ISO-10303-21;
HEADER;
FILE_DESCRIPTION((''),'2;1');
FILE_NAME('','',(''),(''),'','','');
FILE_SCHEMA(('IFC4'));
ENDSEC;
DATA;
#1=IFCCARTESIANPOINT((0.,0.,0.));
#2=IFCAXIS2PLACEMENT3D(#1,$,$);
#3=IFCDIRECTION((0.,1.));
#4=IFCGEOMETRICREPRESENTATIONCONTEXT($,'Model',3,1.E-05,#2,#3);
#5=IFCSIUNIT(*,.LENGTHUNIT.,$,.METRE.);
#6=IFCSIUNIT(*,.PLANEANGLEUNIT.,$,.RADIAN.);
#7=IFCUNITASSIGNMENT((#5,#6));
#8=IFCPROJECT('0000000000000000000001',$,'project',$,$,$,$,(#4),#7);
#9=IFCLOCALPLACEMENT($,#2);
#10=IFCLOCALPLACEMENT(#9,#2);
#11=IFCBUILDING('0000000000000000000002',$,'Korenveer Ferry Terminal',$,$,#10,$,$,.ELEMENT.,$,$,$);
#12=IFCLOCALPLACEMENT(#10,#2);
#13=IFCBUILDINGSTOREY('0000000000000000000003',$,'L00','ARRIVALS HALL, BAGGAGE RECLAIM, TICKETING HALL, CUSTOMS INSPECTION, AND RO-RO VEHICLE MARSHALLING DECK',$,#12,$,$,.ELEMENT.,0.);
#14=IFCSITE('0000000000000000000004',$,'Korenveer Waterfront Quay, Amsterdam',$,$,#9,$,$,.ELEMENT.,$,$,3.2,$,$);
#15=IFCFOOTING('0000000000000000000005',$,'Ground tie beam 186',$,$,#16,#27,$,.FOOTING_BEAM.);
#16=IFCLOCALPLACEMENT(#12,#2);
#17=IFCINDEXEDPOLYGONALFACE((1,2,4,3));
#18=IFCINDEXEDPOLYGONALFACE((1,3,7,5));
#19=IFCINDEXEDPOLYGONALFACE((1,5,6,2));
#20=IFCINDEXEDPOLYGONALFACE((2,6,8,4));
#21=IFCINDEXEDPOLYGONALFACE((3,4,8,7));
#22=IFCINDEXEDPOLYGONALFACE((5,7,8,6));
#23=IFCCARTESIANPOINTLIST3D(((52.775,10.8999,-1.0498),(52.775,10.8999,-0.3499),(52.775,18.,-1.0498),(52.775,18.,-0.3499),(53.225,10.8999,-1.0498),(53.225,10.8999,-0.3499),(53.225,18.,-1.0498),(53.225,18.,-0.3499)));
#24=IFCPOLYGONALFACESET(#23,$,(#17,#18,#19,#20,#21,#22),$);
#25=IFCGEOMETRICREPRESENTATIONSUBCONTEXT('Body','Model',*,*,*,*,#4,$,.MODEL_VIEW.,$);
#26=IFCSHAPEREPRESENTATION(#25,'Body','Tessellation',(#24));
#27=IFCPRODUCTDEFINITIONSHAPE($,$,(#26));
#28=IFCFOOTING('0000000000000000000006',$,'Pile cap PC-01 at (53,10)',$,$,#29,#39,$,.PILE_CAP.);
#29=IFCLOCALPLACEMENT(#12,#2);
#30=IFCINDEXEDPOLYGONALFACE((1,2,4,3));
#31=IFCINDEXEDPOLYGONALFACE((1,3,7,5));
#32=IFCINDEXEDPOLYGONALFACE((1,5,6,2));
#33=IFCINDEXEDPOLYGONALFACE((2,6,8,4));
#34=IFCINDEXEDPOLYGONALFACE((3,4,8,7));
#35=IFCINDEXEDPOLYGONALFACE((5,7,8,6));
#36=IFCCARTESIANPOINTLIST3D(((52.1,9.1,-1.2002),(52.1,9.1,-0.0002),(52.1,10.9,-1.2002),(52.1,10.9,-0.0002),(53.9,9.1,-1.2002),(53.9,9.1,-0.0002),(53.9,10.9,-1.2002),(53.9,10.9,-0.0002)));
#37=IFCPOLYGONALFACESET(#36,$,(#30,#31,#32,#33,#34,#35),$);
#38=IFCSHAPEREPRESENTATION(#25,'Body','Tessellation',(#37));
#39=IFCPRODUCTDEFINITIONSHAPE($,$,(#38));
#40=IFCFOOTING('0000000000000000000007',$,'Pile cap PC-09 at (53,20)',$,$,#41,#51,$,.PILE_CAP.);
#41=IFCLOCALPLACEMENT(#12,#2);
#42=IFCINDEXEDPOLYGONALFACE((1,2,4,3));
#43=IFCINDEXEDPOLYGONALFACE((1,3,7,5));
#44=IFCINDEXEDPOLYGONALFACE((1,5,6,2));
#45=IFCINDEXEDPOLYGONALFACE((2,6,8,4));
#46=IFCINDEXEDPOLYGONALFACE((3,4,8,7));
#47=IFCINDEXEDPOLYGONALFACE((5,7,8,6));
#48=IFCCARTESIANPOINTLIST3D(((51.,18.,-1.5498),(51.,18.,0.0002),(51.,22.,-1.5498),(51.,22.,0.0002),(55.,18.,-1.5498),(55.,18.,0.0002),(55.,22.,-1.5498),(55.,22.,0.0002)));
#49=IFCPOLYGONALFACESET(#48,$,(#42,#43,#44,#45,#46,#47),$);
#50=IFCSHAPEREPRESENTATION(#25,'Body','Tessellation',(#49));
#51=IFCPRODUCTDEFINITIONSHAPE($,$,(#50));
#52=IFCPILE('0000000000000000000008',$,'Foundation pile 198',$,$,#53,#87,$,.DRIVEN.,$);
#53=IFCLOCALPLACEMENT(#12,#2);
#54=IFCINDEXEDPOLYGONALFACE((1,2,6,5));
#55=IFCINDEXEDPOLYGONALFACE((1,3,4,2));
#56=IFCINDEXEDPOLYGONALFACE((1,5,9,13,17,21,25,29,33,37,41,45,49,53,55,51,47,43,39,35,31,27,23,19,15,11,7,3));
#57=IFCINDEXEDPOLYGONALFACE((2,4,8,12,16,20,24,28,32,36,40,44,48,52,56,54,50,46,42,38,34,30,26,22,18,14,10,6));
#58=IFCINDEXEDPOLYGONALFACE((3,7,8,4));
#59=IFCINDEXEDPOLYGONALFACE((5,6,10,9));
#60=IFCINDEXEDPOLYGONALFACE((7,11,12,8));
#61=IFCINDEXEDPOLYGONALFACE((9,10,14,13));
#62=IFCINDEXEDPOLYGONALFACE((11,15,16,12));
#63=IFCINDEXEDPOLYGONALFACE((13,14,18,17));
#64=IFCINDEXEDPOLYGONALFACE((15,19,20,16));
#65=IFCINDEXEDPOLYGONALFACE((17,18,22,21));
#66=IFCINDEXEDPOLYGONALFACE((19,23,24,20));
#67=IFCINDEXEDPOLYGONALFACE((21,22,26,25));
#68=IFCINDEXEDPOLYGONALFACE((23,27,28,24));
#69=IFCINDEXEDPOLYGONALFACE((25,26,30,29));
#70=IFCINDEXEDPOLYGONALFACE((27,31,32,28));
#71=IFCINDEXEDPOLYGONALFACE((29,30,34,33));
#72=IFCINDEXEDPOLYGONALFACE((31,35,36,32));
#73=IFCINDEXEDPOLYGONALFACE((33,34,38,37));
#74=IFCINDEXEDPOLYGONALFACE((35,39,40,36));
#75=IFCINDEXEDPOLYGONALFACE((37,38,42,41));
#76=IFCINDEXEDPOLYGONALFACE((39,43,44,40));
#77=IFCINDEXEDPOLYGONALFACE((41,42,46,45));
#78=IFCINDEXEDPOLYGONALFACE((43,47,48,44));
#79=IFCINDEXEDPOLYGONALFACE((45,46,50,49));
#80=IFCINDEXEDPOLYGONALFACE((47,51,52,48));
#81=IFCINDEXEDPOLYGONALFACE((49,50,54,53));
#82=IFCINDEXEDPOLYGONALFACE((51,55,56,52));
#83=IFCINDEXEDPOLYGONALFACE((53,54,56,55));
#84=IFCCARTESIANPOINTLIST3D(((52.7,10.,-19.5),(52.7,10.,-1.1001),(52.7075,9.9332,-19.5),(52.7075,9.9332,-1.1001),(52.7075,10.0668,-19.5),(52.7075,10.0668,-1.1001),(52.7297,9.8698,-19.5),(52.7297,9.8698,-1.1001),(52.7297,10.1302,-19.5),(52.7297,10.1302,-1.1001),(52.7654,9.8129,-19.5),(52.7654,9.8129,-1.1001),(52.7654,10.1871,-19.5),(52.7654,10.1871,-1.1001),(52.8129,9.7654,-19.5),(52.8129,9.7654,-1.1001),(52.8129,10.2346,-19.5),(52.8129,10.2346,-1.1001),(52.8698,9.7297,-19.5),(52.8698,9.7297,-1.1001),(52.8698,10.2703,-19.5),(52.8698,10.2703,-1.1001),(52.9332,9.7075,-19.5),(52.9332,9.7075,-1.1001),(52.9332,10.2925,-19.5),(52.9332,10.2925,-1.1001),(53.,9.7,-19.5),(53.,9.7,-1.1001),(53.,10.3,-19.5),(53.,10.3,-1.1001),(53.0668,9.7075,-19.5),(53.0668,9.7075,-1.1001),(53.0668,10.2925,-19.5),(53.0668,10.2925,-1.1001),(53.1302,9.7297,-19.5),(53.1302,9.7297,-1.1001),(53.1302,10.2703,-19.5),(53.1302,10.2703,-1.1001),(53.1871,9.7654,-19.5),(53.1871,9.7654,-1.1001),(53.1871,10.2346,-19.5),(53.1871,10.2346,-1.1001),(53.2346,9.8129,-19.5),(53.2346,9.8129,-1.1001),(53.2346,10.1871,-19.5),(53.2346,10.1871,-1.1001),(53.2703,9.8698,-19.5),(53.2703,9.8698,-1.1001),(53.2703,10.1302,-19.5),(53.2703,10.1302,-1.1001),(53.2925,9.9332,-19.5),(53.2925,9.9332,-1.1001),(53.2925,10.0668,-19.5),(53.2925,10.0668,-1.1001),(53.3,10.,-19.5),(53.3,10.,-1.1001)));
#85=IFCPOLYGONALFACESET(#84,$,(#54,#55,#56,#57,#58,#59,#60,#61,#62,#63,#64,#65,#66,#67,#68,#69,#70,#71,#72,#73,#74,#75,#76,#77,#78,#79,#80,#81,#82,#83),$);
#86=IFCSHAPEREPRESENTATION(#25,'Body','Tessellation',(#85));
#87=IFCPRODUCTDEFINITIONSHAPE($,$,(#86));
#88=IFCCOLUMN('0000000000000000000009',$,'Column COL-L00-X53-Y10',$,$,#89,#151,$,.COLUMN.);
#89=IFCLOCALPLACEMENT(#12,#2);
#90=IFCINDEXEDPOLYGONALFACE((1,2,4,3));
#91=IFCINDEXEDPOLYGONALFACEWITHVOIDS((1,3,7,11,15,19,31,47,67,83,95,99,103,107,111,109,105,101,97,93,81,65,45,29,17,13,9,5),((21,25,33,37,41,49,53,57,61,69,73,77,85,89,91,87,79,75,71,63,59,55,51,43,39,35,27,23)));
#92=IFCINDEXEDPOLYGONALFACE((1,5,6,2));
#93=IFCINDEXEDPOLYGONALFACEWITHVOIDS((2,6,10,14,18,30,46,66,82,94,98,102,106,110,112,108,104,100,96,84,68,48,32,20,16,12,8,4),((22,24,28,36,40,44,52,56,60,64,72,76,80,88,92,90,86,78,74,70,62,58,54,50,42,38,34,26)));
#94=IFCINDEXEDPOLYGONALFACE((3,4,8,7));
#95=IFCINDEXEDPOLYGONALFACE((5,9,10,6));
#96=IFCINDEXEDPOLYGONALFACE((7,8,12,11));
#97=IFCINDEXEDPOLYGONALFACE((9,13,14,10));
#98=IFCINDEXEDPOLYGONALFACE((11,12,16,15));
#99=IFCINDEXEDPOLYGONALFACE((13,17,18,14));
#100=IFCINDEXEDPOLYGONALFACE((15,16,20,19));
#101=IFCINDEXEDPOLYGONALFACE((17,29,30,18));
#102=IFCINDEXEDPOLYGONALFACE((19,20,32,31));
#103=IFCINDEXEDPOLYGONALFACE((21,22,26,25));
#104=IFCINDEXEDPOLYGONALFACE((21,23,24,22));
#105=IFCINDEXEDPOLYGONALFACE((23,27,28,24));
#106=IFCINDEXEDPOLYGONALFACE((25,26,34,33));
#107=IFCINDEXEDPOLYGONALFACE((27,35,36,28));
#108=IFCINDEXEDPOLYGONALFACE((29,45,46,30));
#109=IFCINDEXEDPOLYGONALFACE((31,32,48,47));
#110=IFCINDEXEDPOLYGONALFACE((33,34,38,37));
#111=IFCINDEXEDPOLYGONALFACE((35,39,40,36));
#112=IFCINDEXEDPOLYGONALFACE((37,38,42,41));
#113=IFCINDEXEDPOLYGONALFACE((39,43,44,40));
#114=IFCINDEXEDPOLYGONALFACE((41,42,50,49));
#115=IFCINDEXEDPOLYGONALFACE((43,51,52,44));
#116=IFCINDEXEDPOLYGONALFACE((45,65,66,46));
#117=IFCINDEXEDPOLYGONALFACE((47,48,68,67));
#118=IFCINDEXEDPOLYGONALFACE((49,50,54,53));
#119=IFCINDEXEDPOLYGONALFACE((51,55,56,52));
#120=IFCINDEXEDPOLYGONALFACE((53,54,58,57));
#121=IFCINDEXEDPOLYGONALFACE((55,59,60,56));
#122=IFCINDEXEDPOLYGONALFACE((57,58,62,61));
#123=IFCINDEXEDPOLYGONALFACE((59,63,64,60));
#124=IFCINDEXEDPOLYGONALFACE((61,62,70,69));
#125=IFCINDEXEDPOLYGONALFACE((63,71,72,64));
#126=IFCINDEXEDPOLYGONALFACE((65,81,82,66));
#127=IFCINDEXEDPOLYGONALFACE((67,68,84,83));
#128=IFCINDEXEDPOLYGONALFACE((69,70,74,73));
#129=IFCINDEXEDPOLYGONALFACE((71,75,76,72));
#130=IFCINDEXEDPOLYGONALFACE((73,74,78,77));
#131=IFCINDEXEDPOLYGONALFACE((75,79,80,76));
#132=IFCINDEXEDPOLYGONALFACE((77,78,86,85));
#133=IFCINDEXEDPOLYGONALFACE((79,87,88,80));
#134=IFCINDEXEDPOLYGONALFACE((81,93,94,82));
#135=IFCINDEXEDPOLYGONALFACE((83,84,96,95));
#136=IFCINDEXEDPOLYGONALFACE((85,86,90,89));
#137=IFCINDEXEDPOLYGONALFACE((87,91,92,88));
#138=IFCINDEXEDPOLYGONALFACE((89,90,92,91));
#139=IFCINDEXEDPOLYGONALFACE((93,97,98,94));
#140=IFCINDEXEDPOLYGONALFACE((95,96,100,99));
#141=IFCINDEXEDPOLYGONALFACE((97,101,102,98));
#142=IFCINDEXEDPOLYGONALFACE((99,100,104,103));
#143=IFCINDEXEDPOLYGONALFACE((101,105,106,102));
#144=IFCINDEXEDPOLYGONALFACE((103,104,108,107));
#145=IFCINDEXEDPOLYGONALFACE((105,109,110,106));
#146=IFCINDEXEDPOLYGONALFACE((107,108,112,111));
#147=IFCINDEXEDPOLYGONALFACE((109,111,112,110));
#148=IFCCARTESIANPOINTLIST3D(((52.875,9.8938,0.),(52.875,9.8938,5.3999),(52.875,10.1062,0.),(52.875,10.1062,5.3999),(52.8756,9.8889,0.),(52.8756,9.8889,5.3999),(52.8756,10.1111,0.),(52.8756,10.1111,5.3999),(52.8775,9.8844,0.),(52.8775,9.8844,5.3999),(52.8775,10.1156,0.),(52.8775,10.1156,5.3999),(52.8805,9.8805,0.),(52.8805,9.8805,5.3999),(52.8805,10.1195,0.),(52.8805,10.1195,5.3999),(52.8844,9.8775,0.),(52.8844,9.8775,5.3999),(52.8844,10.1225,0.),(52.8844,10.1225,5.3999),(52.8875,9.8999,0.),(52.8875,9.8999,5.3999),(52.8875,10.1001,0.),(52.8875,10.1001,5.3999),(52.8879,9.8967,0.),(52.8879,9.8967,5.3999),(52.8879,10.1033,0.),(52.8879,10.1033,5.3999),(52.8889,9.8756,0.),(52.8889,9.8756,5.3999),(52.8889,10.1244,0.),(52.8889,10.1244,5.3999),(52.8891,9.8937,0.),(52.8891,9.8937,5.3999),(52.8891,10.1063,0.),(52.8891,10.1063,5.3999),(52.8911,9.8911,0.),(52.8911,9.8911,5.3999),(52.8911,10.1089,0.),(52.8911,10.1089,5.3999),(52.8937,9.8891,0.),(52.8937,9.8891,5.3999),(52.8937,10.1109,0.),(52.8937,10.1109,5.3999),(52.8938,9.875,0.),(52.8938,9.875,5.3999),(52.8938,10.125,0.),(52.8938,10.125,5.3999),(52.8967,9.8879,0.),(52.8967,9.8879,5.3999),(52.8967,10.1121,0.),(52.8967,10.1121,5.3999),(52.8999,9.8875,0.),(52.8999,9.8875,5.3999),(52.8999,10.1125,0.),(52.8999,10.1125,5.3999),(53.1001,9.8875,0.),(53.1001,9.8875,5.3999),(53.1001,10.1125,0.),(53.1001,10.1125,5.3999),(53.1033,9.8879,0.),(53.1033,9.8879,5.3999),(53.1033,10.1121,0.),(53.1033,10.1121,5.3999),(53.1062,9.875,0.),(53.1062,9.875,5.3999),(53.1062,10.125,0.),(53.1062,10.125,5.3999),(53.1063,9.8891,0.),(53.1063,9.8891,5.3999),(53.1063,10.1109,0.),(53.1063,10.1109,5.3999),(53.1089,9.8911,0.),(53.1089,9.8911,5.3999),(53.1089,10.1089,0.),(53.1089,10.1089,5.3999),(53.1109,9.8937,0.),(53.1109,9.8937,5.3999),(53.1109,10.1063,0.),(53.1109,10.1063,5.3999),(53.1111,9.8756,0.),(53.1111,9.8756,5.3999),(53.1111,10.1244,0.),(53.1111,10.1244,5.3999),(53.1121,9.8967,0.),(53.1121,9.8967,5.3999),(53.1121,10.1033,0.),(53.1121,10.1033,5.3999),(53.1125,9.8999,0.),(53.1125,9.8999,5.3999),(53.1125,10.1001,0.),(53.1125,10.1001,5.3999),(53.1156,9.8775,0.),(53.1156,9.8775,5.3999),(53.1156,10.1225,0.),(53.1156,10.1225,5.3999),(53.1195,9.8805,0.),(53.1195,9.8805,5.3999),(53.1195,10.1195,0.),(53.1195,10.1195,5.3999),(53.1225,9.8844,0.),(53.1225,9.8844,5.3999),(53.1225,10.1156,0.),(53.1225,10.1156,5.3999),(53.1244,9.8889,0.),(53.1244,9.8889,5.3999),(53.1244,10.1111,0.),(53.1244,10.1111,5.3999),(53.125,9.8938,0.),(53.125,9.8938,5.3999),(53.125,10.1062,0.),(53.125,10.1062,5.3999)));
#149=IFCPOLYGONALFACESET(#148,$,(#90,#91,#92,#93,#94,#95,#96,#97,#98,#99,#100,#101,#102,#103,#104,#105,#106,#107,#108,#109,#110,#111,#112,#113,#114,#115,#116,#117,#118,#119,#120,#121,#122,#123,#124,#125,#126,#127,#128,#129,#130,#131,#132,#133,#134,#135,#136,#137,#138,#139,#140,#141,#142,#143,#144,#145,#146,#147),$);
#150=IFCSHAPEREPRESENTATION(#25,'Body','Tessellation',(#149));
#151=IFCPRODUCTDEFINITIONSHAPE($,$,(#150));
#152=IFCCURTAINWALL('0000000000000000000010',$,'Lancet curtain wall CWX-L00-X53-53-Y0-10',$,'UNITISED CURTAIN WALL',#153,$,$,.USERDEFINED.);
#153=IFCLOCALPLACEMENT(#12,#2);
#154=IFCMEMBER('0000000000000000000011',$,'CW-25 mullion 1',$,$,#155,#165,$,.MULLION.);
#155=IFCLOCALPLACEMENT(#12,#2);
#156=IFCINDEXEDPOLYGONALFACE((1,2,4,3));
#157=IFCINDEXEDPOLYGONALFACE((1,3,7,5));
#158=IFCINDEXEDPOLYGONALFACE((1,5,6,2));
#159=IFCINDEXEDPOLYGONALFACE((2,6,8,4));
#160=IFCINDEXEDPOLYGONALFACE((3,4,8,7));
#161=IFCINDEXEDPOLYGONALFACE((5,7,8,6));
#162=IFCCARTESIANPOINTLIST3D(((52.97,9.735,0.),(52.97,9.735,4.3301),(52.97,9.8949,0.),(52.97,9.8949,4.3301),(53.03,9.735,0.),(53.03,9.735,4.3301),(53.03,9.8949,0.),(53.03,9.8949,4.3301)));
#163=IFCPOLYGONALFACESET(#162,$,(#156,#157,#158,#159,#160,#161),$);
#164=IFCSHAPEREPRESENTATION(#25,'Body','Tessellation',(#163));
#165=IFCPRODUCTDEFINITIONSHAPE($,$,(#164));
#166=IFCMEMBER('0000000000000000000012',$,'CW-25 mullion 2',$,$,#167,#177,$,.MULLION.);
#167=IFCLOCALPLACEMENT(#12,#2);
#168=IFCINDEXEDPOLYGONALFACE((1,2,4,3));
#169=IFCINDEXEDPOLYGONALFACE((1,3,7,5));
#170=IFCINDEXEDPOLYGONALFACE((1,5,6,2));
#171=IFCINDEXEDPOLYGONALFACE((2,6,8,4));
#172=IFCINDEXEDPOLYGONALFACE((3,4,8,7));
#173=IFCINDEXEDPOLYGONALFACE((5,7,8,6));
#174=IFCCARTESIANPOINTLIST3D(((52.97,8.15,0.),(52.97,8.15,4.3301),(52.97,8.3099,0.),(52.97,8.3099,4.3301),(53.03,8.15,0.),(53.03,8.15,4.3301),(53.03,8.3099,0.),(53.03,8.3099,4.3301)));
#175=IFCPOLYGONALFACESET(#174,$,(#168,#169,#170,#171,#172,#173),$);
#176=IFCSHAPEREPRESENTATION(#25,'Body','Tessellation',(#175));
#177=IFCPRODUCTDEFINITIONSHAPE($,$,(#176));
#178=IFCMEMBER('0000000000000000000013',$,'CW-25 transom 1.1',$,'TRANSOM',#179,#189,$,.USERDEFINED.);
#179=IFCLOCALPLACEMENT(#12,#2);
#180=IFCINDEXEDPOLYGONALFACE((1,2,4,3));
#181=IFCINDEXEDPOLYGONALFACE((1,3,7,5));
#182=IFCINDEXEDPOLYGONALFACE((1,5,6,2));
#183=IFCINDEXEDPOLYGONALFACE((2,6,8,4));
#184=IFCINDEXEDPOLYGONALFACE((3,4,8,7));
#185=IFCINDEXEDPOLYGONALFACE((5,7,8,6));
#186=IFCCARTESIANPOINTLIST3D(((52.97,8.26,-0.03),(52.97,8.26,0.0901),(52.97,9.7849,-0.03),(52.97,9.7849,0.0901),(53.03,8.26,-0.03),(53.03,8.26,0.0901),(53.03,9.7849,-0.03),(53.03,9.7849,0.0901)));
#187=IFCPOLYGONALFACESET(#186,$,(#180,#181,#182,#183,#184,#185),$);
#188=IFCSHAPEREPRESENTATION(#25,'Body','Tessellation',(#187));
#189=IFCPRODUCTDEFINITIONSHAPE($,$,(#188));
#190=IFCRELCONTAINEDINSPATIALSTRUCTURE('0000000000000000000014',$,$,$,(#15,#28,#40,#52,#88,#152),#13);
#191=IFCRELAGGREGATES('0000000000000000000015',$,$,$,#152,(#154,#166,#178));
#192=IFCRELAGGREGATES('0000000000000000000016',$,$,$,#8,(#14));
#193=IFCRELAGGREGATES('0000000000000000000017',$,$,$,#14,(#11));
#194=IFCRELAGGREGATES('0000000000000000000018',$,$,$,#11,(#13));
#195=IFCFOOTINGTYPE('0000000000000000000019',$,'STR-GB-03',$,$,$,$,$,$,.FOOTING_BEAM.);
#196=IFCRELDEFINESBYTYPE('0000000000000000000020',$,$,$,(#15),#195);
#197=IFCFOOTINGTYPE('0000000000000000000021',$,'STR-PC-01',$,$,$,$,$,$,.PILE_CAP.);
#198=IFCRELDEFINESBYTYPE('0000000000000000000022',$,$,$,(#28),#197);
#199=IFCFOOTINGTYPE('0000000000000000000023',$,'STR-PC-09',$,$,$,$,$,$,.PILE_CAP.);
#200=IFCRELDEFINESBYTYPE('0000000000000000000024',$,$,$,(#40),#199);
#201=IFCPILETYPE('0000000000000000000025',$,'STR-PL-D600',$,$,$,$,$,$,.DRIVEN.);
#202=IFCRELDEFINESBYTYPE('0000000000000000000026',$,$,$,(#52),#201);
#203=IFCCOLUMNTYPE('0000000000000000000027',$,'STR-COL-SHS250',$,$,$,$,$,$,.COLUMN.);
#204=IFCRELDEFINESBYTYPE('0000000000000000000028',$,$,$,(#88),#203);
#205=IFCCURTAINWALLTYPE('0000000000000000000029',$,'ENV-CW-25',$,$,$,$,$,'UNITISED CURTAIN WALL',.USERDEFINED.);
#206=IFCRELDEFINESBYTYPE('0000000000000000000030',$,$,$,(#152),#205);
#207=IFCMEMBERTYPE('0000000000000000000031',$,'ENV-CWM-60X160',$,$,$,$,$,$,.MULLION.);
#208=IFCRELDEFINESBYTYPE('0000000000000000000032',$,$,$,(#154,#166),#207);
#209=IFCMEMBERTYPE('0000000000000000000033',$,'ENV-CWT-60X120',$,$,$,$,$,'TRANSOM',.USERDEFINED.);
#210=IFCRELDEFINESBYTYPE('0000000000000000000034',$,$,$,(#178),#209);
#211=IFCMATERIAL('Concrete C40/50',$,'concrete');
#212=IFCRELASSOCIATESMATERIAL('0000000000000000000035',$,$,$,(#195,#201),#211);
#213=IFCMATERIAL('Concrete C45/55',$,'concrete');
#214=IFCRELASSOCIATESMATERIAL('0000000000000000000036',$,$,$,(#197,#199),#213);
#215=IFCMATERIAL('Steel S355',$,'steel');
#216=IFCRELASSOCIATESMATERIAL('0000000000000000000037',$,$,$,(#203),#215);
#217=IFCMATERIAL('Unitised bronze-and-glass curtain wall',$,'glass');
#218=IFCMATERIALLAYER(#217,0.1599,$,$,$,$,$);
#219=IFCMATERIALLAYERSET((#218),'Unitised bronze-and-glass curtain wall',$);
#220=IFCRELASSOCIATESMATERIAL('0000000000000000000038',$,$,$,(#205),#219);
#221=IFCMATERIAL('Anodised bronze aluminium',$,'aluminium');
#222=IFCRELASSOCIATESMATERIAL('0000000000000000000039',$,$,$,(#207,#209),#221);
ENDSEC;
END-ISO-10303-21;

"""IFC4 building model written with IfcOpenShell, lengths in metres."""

from ifc_helpers import new_model, si_unit, direction, frame, origin, origin_2d, place, context, subcontext, project, spatial, rectangle, hollow_rectangle, circle, extrude, material, layer, layer_set, material_profile, profile_set, type_object, element, aggregate, save


model = new_model("IFC4")

# Units and contexts
model_context = context("Model", 3, precision=1e-05, world=origin(), true_north=direction((0.0, 1.0)))
body_context = subcontext(model_context, "Body", "Model", "MODEL_VIEW")
ifc_project = project(units=[si_unit("LENGTHUNIT", "METRE"), si_unit("PLANEANGLEUNIT", "RADIAN")], contexts=[model_context])

# Site, building, storey
site_placement = place(None, origin())
site = spatial("IfcSite", under=ifc_project, at=site_placement, Name="Korenveer Waterfront Quay, Amsterdam", CompositionType="ELEMENT", RefElevation=3.2)
building_placement = place(site_placement, origin())
building = spatial("IfcBuilding", under=site, at=building_placement, Name="Korenveer Ferry Terminal", CompositionType="ELEMENT")
storey_placement = place(building_placement, origin())
storey = spatial("IfcBuildingStorey", under=building, at=storey_placement, Name="L00", Description="ARRIVALS HALL, BAGGAGE RECLAIM, TICKETING HALL, CUSTOMS INSPECTION, AND RO-RO VEHICLE MARSHALLING DECK", CompositionType="ELEMENT", Elevation=0.0)

# Footings
ifc_material_1 = material(Name="Concrete C40/50", Category="concrete")
footing_type_1 = type_object("IfcFootingType", Name="STR-GB-03", PredefinedType="FOOTING_BEAM", material=ifc_material_1)
footing_1_placement = place(storey_placement, frame((53.0, 14.45, -1.0498), z_axis=(0.0, 0.0, 1.0), x_axis=(1.0, 0.0, 0.0)))
element("IfcFooting", 1, at=footing_1_placement, inside=storey, type_object=footing_type_1, Name="Ground tie beam 186", PredefinedType="FOOTING_BEAM", context=body_context, shape_type="SweptSolid", body=[
    extrude(rectangle(XDim=0.45, YDim=7.1001, at=origin_2d()), origin(), (0.0, 0.0, 1.0), 0.7),
])
ifc_material_2 = material(Name="Concrete C45/55", Category="concrete")
footing_type_2 = type_object("IfcFootingType", Name="STR-PC-01", PredefinedType="PILE_CAP", material=ifc_material_2)
footing_2_placement = place(storey_placement, frame((53.0, 10.0, -1.2002), z_axis=(0.0, 0.0, 1.0), x_axis=(1.0, 0.0, 0.0)))
element("IfcFooting", 2, at=footing_2_placement, inside=storey, type_object=footing_type_2, Name="Pile cap PC-01 at (53,10)", PredefinedType="PILE_CAP", context=body_context, shape_type="SweptSolid", body=[
    extrude(rectangle(XDim=1.8, YDim=1.8, at=origin_2d()), origin(), (0.0, 0.0, 1.0), 1.2),
])
footing_type_3 = type_object("IfcFootingType", Name="STR-PC-09", PredefinedType="PILE_CAP", material=ifc_material_2)
footing_3_placement = place(storey_placement, frame((53.0, 20.0, -1.5498), z_axis=(0.0, 0.0, 1.0), x_axis=(1.0, 0.0, 0.0)))
element("IfcFooting", 3, at=footing_3_placement, inside=storey, type_object=footing_type_3, Name="Pile cap PC-09 at (53,20)", PredefinedType="PILE_CAP", context=body_context, shape_type="SweptSolid", body=[
    extrude(rectangle(XDim=4.0, YDim=4.0, at=origin_2d()), origin(), (0.0, 0.0, 1.0), 1.55),
])

# Pile
ifc_material_profile_1 = material_profile(ifc_material_1, circle(Radius=0.3, at=origin_2d()), Name="PILE D600")
ifc_profile_set_1 = profile_set([ifc_material_profile_1], Name="Concrete C40/50")
pile_type = type_object("IfcPileType", Name="STR-PL-D600", PredefinedType="DRIVEN", material=ifc_profile_set_1)
pile_placement = place(storey_placement, frame((53.0, 10.0, -1.1001), z_axis=(0.0, 0.0, -1.0), x_axis=(1.0, 0.0, 0.0)))
element("IfcPile", 4, at=pile_placement, inside=storey, type_object=pile_type, Name="Foundation pile 198", PredefinedType="DRIVEN", context=body_context, shape_type="SweptSolid", body=[
    extrude(circle(Radius=0.3, at=origin_2d()), origin(), (0.0, 0.0, 1.0), 18.3999),
])

# Column
ifc_material_3 = material(Name="Steel S355", Category="steel")
ifc_material_profile_2 = material_profile(ifc_material_3, hollow_rectangle(XDim=0.25, YDim=0.25, WallThickness=0.0125, InnerFilletRadius=0.0125, OuterFilletRadius=0.0188, at=origin_2d()), Name="SHS 250x250x12.5")
ifc_profile_set_2 = profile_set([ifc_material_profile_2], Name="Steel S355")
column_type = type_object("IfcColumnType", Name="STR-COL-SHS250", PredefinedType="COLUMN", material=ifc_profile_set_2)
column_placement = place(storey_placement, frame((53.0, 10.0, 0.0), z_axis=(0.0, 0.0, 1.0), x_axis=(1.0, 0.0, 0.0)))
element("IfcColumn", 5, at=column_placement, inside=storey, type_object=column_type, Name="Column COL-L00-X53-Y10", PredefinedType="COLUMN", context=body_context, shape_type="SweptSolid", body=[
    extrude(hollow_rectangle(XDim=0.25, YDim=0.25, WallThickness=0.0125, InnerFilletRadius=0.0125, OuterFilletRadius=0.0188, at=origin_2d()), origin(), (0.0, 0.0, 1.0), 5.3999),
])

# Curtain wall, members
ifc_material_4 = material(Name="Unitised bronze-and-glass curtain wall", Category="glass")
ifc_layer_1 = layer(ifc_material_4, 0.1599)
ifc_layer_set_1 = layer_set([ifc_layer_1], Name="Unitised bronze-and-glass curtain wall")
curtain_wall_type = type_object("IfcCurtainWallType", Name="ENV-CW-25", ElementType="UNITISED CURTAIN WALL", PredefinedType="USERDEFINED", material=ifc_layer_set_1)
curtain_wall_placement = place(storey_placement, frame((53.0, 9.845, 0.0)))
curtain_wall = element("IfcCurtainWall", 6, at=curtain_wall_placement, inside=storey, type_object=curtain_wall_type, Name="Lancet curtain wall CWX-L00-X53-53-Y0-10", ObjectType="UNITISED CURTAIN WALL", PredefinedType="USERDEFINED")
ifc_material_5 = material(Name="Anodised bronze aluminium", Category="aluminium")
ifc_material_profile_3 = material_profile(ifc_material_5, rectangle(XDim=0.0601, YDim=0.1599, at=origin_2d()), Name="ALU 60x160")
ifc_profile_set_3 = profile_set([ifc_material_profile_3], Name="Anodised bronze aluminium")
member_type_1 = type_object("IfcMemberType", Name="ENV-CWM-60X160", PredefinedType="MULLION", material=ifc_profile_set_3)
member_1_placement = place(storey_placement, frame((53.0, 9.8149, 0.0), z_axis=(0.0, 0.0, 1.0), x_axis=(1.0, 0.0, 0.0)))
member_1 = element("IfcMember", 7, at=member_1_placement, type_object=member_type_1, Name="CW-25 mullion 1", PredefinedType="MULLION", context=body_context, shape_type="SweptSolid", body=[
    extrude(rectangle(XDim=0.0601, YDim=0.1599, at=origin_2d()), origin(), (0.0, 0.0, 1.0), 4.3301),
])
member_2_placement = place(storey_placement, frame((53.0, 8.23, 0.0), z_axis=(0.0, 0.0, 1.0), x_axis=(1.0, 0.0, 0.0)))
member_2 = element("IfcMember", 8, at=member_2_placement, type_object=member_type_1, Name="CW-25 mullion 2", PredefinedType="MULLION", context=body_context, shape_type="SweptSolid", body=[
    extrude(rectangle(XDim=0.0601, YDim=0.1599, at=origin_2d()), origin(), (0.0, 0.0, 1.0), 4.3301),
])
ifc_material_profile_4 = material_profile(ifc_material_5, rectangle(XDim=0.0601, YDim=0.1201, at=origin_2d()), Name="ALU 60x120")
ifc_profile_set_4 = profile_set([ifc_material_profile_4], Name="Anodised bronze aluminium")
member_type_2 = type_object("IfcMemberType", Name="ENV-CWT-60X120", ElementType="TRANSOM", PredefinedType="USERDEFINED", material=ifc_profile_set_4)
member_3_placement = place(storey_placement, frame((53.0, 9.7849, 0.03), z_axis=(0.0, -1.0, 0.0), x_axis=(1.0, 0.0, 0.0)))
member_3 = element("IfcMember", 9, at=member_3_placement, type_object=member_type_2, Name="CW-25 transom 1.1", ObjectType="TRANSOM", PredefinedType="USERDEFINED", context=body_context, shape_type="SweptSolid", body=[
    extrude(rectangle(XDim=0.0601, YDim=0.1201, at=origin_2d()), origin(), (0.0, 0.0, 1.0), 1.5249),
])

aggregate(curtain_wall, [member_1, member_2, member_3])

save(model, "model.ifc")
